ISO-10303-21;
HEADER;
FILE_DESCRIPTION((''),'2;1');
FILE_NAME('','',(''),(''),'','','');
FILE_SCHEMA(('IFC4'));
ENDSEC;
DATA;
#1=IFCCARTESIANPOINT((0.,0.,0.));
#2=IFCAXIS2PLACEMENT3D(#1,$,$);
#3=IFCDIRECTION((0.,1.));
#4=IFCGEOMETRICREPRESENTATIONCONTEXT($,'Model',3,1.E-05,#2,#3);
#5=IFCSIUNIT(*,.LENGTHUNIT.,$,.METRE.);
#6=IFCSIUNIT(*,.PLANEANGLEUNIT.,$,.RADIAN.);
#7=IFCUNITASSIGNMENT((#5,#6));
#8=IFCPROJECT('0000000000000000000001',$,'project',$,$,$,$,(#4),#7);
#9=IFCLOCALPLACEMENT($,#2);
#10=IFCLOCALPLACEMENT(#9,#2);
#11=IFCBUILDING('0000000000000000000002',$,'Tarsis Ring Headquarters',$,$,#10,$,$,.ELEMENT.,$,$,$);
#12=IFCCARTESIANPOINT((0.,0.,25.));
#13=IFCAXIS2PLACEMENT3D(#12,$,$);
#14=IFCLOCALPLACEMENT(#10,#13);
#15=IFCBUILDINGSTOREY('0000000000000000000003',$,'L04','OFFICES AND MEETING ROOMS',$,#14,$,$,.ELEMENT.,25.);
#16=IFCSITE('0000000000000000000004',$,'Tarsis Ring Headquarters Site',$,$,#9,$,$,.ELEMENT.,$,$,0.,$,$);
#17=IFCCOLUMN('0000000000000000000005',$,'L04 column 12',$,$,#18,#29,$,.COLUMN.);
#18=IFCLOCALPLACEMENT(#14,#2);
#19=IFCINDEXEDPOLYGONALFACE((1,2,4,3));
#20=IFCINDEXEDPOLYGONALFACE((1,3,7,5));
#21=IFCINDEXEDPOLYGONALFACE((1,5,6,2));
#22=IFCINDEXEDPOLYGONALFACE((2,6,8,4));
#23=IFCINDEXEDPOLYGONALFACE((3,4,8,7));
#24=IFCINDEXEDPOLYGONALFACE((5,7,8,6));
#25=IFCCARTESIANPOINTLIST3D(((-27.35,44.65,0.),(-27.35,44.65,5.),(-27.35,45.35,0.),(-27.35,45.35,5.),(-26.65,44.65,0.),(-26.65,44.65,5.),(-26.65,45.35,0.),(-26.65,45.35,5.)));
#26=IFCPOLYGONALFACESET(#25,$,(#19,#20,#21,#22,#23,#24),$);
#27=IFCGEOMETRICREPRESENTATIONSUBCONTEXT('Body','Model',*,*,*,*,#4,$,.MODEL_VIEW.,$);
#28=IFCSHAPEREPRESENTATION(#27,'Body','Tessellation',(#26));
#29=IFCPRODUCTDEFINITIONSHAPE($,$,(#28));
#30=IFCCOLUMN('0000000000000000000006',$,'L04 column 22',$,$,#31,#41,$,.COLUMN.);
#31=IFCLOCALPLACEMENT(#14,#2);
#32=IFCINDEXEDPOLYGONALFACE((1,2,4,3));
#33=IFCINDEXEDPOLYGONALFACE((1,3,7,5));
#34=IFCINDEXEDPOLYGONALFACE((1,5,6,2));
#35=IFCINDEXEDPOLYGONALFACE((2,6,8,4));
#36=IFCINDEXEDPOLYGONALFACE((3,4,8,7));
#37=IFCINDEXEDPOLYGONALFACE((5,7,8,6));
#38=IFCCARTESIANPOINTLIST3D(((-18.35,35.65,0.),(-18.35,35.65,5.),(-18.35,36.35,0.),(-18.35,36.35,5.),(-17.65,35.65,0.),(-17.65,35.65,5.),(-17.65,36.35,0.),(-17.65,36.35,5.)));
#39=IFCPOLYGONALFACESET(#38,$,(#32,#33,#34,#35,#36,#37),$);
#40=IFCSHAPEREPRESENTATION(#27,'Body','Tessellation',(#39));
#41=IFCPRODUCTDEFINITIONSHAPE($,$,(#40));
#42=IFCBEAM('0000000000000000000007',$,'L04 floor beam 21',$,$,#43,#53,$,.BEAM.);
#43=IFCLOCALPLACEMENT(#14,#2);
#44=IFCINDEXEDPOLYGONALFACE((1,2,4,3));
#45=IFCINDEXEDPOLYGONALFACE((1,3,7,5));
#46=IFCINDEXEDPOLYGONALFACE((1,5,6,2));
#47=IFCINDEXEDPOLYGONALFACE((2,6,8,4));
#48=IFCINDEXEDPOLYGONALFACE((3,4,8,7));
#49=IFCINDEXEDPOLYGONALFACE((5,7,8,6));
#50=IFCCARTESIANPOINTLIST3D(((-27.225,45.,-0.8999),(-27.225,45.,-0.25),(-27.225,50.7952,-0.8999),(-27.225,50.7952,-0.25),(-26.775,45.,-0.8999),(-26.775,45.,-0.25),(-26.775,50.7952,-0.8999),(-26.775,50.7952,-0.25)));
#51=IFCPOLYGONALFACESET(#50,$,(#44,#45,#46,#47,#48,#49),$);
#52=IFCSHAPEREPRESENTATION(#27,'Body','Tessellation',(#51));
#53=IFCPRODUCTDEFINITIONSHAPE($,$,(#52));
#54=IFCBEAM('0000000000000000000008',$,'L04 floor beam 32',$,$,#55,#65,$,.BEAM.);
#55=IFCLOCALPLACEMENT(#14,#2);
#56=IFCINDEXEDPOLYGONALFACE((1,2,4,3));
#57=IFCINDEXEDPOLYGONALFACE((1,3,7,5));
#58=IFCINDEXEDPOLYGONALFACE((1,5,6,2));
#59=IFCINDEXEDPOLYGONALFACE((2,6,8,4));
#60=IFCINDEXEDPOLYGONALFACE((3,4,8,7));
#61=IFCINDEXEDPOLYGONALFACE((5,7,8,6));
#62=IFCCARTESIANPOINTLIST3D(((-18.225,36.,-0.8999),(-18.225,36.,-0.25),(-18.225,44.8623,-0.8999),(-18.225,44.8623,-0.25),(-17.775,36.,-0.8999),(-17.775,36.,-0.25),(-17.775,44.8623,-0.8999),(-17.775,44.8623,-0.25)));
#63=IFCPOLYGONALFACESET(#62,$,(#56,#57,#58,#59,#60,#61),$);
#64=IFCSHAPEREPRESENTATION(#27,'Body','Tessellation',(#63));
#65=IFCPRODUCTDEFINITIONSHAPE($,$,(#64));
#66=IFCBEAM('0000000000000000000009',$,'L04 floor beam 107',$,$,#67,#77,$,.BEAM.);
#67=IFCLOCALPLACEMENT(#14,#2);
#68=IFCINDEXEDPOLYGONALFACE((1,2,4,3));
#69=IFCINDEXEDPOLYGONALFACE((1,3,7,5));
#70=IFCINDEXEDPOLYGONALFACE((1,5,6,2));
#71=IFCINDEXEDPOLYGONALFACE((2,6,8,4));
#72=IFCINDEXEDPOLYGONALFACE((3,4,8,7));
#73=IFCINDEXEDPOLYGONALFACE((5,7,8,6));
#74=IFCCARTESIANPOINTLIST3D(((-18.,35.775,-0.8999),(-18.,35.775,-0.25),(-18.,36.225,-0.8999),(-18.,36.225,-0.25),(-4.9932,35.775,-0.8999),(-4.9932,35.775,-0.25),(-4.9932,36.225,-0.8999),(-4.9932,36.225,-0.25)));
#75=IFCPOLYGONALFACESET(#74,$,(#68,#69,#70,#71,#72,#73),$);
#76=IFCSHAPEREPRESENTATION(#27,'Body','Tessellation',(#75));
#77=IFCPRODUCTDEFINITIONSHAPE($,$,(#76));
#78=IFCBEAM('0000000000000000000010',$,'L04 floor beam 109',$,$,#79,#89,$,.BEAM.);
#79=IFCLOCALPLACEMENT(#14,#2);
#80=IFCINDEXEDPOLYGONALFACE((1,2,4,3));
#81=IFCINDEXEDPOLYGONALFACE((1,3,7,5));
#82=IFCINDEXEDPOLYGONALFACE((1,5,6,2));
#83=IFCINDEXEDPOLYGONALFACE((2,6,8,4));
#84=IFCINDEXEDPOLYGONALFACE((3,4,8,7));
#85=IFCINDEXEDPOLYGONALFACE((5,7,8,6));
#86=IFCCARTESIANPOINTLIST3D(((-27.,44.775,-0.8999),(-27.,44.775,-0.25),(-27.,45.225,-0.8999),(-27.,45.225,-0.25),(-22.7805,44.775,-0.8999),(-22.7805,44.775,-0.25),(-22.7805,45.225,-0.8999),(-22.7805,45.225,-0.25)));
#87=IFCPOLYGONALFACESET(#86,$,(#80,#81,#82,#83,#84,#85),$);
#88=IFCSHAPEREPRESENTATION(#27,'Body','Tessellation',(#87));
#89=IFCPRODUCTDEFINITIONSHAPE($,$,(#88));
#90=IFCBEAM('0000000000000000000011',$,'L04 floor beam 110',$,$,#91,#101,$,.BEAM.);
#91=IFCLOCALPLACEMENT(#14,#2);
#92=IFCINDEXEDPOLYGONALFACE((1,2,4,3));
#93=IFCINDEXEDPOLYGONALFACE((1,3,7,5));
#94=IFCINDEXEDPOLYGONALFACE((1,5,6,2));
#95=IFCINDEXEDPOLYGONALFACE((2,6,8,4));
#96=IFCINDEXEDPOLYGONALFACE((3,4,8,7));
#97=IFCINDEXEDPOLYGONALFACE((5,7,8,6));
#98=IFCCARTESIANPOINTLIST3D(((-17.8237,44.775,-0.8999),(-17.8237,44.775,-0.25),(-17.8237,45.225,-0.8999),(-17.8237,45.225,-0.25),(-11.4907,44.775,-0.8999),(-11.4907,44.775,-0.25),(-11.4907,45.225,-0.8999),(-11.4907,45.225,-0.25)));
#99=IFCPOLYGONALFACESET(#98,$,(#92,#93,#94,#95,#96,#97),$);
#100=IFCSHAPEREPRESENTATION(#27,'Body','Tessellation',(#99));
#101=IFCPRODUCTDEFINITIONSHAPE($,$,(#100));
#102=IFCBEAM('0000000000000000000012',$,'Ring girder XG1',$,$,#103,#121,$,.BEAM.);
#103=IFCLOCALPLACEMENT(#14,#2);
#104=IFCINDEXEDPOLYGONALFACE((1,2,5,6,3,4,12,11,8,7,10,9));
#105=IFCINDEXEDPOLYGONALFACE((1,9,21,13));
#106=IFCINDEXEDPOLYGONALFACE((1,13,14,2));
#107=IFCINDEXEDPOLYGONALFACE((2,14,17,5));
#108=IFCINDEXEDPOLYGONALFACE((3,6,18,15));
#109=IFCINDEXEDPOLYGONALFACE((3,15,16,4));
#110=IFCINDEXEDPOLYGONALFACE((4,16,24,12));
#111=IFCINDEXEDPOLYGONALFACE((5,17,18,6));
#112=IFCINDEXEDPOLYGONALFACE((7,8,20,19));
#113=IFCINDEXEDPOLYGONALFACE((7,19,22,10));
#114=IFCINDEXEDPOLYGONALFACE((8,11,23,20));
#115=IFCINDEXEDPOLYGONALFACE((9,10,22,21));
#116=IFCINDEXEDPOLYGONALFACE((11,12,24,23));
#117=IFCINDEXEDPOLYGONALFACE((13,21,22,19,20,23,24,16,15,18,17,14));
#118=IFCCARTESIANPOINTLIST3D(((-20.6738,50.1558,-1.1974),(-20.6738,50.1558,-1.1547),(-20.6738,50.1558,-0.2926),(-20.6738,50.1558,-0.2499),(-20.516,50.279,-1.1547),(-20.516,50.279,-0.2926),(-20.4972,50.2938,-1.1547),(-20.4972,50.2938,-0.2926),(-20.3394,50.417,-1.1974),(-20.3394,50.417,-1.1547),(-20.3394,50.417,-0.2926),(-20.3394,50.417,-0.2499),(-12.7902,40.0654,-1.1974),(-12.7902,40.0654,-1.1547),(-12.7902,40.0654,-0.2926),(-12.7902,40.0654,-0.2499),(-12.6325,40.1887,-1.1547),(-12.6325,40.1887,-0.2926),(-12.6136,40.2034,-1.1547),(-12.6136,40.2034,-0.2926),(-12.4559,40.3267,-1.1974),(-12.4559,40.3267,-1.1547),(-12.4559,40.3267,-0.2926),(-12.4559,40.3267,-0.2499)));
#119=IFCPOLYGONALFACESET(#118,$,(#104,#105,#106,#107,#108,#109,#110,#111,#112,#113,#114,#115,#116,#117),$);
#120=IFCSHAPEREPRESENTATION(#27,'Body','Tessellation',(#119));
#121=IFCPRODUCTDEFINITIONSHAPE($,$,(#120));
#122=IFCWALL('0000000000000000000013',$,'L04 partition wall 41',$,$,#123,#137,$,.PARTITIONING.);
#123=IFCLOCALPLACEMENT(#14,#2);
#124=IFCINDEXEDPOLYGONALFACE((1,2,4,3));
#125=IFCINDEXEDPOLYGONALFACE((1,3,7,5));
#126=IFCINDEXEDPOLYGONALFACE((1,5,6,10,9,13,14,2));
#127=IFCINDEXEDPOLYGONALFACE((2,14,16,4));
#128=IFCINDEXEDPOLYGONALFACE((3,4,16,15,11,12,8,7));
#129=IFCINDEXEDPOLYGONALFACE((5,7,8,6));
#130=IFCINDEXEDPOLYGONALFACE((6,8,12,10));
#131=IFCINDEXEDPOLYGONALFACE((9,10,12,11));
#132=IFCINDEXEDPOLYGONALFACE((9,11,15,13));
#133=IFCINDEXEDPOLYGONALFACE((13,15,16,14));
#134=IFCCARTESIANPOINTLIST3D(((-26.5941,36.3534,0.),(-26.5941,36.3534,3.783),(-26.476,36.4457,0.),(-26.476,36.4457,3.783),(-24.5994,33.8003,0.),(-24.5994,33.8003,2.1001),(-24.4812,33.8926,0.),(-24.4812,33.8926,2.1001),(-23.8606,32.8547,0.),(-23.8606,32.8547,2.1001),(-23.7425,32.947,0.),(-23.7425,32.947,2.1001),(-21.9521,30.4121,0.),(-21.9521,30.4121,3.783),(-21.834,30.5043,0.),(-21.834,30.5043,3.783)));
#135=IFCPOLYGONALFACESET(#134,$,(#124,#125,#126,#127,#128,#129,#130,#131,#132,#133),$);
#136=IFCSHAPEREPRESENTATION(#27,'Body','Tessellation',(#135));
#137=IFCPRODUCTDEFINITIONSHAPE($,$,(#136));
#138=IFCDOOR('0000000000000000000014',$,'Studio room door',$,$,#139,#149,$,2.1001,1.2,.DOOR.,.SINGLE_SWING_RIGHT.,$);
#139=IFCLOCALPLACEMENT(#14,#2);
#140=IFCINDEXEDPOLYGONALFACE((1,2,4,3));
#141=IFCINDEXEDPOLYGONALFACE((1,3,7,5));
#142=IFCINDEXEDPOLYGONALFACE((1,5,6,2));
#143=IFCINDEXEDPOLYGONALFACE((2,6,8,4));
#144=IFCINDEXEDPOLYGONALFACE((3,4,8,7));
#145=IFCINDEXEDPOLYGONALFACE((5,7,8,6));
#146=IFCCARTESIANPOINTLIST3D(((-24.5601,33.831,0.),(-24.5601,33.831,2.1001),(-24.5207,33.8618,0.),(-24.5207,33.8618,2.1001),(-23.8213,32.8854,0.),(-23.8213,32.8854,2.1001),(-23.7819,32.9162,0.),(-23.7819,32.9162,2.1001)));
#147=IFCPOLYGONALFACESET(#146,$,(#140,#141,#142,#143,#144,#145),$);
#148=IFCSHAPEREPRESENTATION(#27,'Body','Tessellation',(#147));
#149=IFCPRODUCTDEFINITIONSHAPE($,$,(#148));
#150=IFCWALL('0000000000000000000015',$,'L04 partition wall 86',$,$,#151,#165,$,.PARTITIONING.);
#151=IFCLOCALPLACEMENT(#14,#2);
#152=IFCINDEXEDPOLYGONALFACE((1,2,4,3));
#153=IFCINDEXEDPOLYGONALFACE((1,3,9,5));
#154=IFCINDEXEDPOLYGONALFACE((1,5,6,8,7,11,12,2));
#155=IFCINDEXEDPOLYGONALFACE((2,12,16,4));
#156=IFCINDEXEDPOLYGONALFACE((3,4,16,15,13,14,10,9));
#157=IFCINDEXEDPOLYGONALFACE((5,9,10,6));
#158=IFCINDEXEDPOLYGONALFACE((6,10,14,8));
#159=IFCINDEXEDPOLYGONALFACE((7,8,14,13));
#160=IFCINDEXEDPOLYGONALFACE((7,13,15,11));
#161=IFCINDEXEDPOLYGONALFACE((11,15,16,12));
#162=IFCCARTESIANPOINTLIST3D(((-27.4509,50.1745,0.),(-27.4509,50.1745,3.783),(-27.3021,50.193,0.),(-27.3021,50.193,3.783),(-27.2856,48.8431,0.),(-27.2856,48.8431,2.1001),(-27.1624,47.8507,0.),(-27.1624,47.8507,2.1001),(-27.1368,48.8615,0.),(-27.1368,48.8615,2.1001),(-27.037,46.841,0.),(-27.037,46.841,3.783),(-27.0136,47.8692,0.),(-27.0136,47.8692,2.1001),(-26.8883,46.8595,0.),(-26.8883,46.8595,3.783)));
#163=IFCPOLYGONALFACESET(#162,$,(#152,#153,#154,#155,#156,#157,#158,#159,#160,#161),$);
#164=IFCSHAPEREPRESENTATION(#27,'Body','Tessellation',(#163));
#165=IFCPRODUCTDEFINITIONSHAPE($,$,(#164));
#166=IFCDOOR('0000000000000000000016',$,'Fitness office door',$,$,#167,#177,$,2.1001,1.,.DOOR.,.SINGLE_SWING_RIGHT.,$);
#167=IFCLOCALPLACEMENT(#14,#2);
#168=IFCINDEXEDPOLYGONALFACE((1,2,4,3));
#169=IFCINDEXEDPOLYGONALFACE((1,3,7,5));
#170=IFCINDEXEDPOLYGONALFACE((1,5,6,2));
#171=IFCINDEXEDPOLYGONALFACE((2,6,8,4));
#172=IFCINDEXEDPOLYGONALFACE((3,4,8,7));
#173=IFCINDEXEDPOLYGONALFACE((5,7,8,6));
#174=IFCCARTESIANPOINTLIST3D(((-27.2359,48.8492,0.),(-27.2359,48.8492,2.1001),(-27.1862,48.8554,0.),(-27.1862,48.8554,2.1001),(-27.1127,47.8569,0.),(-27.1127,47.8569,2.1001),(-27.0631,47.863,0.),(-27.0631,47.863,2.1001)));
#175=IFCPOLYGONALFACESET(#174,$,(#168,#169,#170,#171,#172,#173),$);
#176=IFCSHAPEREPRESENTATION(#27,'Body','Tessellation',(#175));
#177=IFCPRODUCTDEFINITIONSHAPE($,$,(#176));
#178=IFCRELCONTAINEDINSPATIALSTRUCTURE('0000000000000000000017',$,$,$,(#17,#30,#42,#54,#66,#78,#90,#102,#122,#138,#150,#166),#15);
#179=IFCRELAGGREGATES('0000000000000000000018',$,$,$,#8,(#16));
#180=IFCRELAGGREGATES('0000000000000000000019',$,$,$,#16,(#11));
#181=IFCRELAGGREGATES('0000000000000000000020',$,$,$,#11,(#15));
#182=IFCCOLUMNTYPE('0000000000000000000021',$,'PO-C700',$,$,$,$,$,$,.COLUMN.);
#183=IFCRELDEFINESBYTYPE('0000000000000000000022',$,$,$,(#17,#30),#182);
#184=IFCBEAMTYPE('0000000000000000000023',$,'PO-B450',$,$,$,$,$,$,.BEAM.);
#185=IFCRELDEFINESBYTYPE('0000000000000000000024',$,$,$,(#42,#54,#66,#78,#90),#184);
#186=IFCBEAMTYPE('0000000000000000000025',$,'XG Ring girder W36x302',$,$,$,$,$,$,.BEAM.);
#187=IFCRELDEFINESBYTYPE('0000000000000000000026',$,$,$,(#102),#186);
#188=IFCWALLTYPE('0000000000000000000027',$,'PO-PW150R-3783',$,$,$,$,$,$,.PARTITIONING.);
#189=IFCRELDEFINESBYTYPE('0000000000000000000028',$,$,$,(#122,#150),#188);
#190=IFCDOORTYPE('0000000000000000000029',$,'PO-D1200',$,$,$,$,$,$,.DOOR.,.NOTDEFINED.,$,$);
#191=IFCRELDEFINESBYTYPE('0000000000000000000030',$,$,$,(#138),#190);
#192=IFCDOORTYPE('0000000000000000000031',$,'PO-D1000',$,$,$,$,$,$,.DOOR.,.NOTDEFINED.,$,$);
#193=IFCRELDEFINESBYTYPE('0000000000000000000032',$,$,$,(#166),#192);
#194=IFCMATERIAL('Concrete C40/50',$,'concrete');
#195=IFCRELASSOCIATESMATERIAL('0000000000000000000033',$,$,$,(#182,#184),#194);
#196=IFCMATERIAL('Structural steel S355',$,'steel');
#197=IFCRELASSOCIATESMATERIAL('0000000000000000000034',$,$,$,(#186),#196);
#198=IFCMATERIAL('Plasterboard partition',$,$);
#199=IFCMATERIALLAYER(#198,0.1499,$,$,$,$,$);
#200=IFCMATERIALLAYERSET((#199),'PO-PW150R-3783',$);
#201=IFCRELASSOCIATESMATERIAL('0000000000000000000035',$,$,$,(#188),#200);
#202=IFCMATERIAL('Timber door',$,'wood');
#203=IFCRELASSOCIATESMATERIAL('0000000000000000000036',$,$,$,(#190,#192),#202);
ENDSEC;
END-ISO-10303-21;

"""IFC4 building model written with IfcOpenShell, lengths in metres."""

from ifc_helpers import new_model, si_unit, direction, frame, frame_2d, origin, origin_2d, place, context, subcontext, project, spatial, rectangle, i_section, extrude, material, layer, layer_set, material_profile, profile_set, type_object, element, fill, save


model = new_model("IFC4")

# Units and contexts
model_context = context("Model", 3, precision=1e-05, world=origin(), true_north=direction((0.0, 1.0)))
body_context = subcontext(model_context, "Body", "Model", "MODEL_VIEW")
ifc_project = project(units=[si_unit("LENGTHUNIT", "METRE"), si_unit("PLANEANGLEUNIT", "RADIAN")], contexts=[model_context])

# Site, building, storey
site_placement = place(None, origin())
site = spatial("IfcSite", under=ifc_project, at=site_placement, Name="Tarsis Ring Headquarters Site", CompositionType="ELEMENT", RefElevation=0.0)
building_placement = place(site_placement, origin())
building = spatial("IfcBuilding", under=site, at=building_placement, Name="Tarsis Ring Headquarters", CompositionType="ELEMENT")
storey_placement = place(building_placement, frame((0.0, 0.0, 25.0)))
storey = spatial("IfcBuildingStorey", under=building, at=storey_placement, Name="L04", Description="OFFICES AND MEETING ROOMS", CompositionType="ELEMENT", Elevation=25.0)

# Columns
ifc_material_1 = material(Name="Concrete C40/50", Category="concrete")
ifc_material_profile_1 = material_profile(ifc_material_1, rectangle(XDim=0.7, YDim=0.7, at=origin_2d()), Name="PO-C700")
ifc_profile_set_1 = profile_set([ifc_material_profile_1], Name="Concrete C40/50")
column_type = type_object("IfcColumnType", Name="PO-C700", PredefinedType="COLUMN", material=ifc_profile_set_1)
for number, where, z_axis, x_axis, name in (
    (1, (-27.0, 45.0, 0.0), (0.0, 0.0, 1.0), (1.0, 0.0, 0.0), "L04 column 12"),
    (2, (-18.0, 36.0, 0.0), (0.0, 0.0, 1.0), (1.0, 0.0, 0.0), "L04 column 22"),
):
    element("IfcColumn", number, at=place(storey_placement, frame(where, z_axis=z_axis, x_axis=x_axis)), inside=storey, type_object=column_type, Name=name, PredefinedType="COLUMN", context=body_context, shape_type="SweptSolid", body=[
        extrude(rectangle(XDim=0.7, YDim=0.7, at=origin_2d()), origin(), (0.0, 0.0, 1.0), 5.0),
    ])

# Beams
ifc_material_profile_2 = material_profile(ifc_material_1, rectangle(XDim=0.45, YDim=0.6499, at=origin_2d()), Name="PO-B450")
ifc_profile_set_2 = profile_set([ifc_material_profile_2], Name="Concrete C40/50")
beam_type_1 = type_object("IfcBeamType", Name="PO-B450", PredefinedType="BEAM", material=ifc_profile_set_2)
beam_1_placement = place(storey_placement, frame((-27.0, 45.0, -0.575), z_axis=(0.0, 1.0, 0.0), x_axis=(-1.0, 0.0, 0.0)))
element("IfcBeam", 3, at=beam_1_placement, inside=storey, type_object=beam_type_1, Name="L04 floor beam 21", PredefinedType="BEAM", context=body_context, shape_type="SweptSolid", body=[
    extrude(rectangle(XDim=0.45, YDim=0.6499, at=origin_2d()), origin(), (0.0, 0.0, 1.0), 5.7952),
])
beam_2_placement = place(storey_placement, frame((-18.0, 36.0, -0.575), z_axis=(0.0, 1.0, 0.0), x_axis=(-1.0, 0.0, 0.0)))
element("IfcBeam", 4, at=beam_2_placement, inside=storey, type_object=beam_type_1, Name="L04 floor beam 32", PredefinedType="BEAM", context=body_context, shape_type="SweptSolid", body=[
    extrude(rectangle(XDim=0.45, YDim=0.6499, at=origin_2d()), origin(), (0.0, 0.0, 1.0), 8.8623),
])
beam_3_placement = place(storey_placement, frame((-18.0, 36.0, -0.575), z_axis=(1.0, 0.0, 0.0), x_axis=(0.0, 1.0, 0.0)))
element("IfcBeam", 5, at=beam_3_placement, inside=storey, type_object=beam_type_1, Name="L04 floor beam 107", PredefinedType="BEAM", context=body_context, shape_type="SweptSolid", body=[
    extrude(rectangle(XDim=0.45, YDim=0.6499, at=origin_2d()), origin(), (0.0, 0.0, 1.0), 13.0068),
])
beam_4_placement = place(storey_placement, frame((-27.0, 45.0, -0.575), z_axis=(1.0, 0.0, 0.0), x_axis=(0.0, 1.0, 0.0)))
element("IfcBeam", 6, at=beam_4_placement, inside=storey, type_object=beam_type_1, Name="L04 floor beam 109", PredefinedType="BEAM", context=body_context, shape_type="SweptSolid", body=[
    extrude(rectangle(XDim=0.45, YDim=0.6499, at=origin_2d()), origin(), (0.0, 0.0, 1.0), 4.2195),
])
beam_5_placement = place(storey_placement, frame((-17.8237, 45.0, -0.575), z_axis=(1.0, 0.0, 0.0), x_axis=(0.0, 1.0, 0.0)))
element("IfcBeam", 7, at=beam_5_placement, inside=storey, type_object=beam_type_1, Name="L04 floor beam 110", PredefinedType="BEAM", context=body_context, shape_type="SweptSolid", body=[
    extrude(rectangle(XDim=0.45, YDim=0.6499, at=origin_2d()), origin(), (0.0, 0.0, 1.0), 6.333),
])
ifc_material_2 = material(Name="Structural steel S355", Category="steel")
ifc_material_profile_3 = material_profile(ifc_material_2, i_section(OverallWidth=0.4243, OverallDepth=0.9475, WebThickness=0.0239, FlangeThickness=0.0427, at=origin_2d()), Name="W36x302")
ifc_profile_set_3 = profile_set([ifc_material_profile_3], Name="Structural steel S355")
beam_type_2 = type_object("IfcBeamType", Name="XG Ring girder W36x302", PredefinedType="BEAM", material=ifc_profile_set_3)
beam_6_placement = place(storey_placement, frame((-12.623, 40.196, -0.7236), z_axis=(-0.615667, 0.788006, 0.0), x_axis=(-0.788006, -0.615667, 0.0)))
element("IfcBeam", 8, at=beam_6_placement, inside=storey, type_object=beam_type_2, Name="Ring girder XG1", PredefinedType="BEAM", context=body_context, shape_type="SweptSolid", body=[
    extrude(i_section(OverallWidth=0.4243, OverallDepth=0.9475, WebThickness=0.0239, FlangeThickness=0.0427, at=origin_2d()), origin(), (0.0, 0.0, 1.0), 12.8049),
])

# Walls, openings, doors
ifc_material_3 = material(Name="Plasterboard partition")
ifc_layer_1 = layer(ifc_material_3, 0.1499)
ifc_layer_set_1 = layer_set([ifc_layer_1], Name="PO-PW150R-3783")
wall_type_1 = type_object("IfcWallType", Name="PO-PW150R-3783", PredefinedType="PARTITIONING", material=ifc_layer_set_1)
wall_1_placement = place(storey_placement, frame((-26.5352, 36.3997, 0.0), z_axis=(0.0, 0.0, 1.0), x_axis=(0.615674, -0.788001, 0.0)))
wall_1 = element("IfcWall", 9, at=wall_1_placement, inside=storey, type_object=wall_type_1, Name="L04 partition wall 41", PredefinedType="PARTITIONING", context=body_context, shape_type="SweptSolid", body=[
    extrude(rectangle(XDim=7.5398, YDim=0.1499, at=frame_2d((3.77, 0.0))), origin(), (0.0, 0.0, 1.0), 3.783),
])
opening_1_placement = place(wall_1_placement, frame((3.24, 0.0, 0.0)))
opening_1 = element("IfcOpeningElement", 10, at=opening_1_placement, cuts=wall_1, PredefinedType="OPENING", context=body_context, shape_type="SweptSolid", body=[
    extrude(rectangle(XDim=1.2, YDim=2.1001, at=frame_2d((0.6001, 1.05))), frame((0.0, 0.085, 0.0), z_axis=(0.0, -1.0, 0.0), x_axis=(1.0, 0.0, 0.0)), (0.0, 0.0, 1.0), 0.1699),
])
ifc_material_4 = material(Name="Timber door", Category="wood")
door_type_1 = type_object("IfcDoorType", Name="PO-D1200", OperationType="NOTDEFINED", PredefinedType="DOOR", material=ifc_material_4)
door_1_placement = place(opening_1_placement, origin())
door_1 = element("IfcDoor", 11, at=door_1_placement, inside=storey, type_object=door_type_1, Name="Studio room door", OperationType="SINGLE_SWING_RIGHT", OverallHeight=2.1001, OverallWidth=1.2, PredefinedType="DOOR", context=body_context, shape_type="SweptSolid", body=[
    extrude(rectangle(XDim=1.2, YDim=2.1001, at=frame_2d((0.6001, 1.05))), frame((0.0, 0.0249, 0.0), z_axis=(0.0, -1.0, 0.0), x_axis=(1.0, 0.0, 0.0)), (0.0, 0.0, 1.0), 0.05),
])
fill(opening_1, door_1)
wall_2_placement = place(storey_placement, frame((-26.9626, 46.8501, 0.0), z_axis=(0.0, 0.0, 1.0), x_axis=(-0.123194, 0.992383, 0.0)))
wall_2 = element("IfcWall", 12, at=wall_2_placement, inside=storey, type_object=wall_type_1, Name="L04 partition wall 86", PredefinedType="PARTITIONING", context=body_context, shape_type="SweptSolid", body=[
    extrude(rectangle(XDim=3.3591, YDim=0.1499, at=frame_2d((1.6797, 0.0))), origin(), (0.0, 0.0, 1.0), 3.783),
])
opening_2_placement = place(wall_2_placement, frame((1.0176, 0.0, 0.0)))
opening_2 = element("IfcOpeningElement", 13, at=opening_2_placement, cuts=wall_2, PredefinedType="OPENING", context=body_context, shape_type="SweptSolid", body=[
    extrude(rectangle(XDim=1.0, YDim=2.1001, at=frame_2d((0.5, 1.05))), frame((0.0, 0.085, 0.0), z_axis=(0.0, -1.0, 0.0), x_axis=(1.0, 0.0, 0.0)), (0.0, 0.0, 1.0), 0.1699),
])
door_type_2 = type_object("IfcDoorType", Name="PO-D1000", OperationType="NOTDEFINED", PredefinedType="DOOR", material=ifc_material_4)
door_2_placement = place(opening_2_placement, origin())
door_2 = element("IfcDoor", 14, at=door_2_placement, inside=storey, type_object=door_type_2, Name="Fitness office door", OperationType="SINGLE_SWING_RIGHT", OverallHeight=2.1001, OverallWidth=1.0, PredefinedType="DOOR", context=body_context, shape_type="SweptSolid", body=[
    extrude(rectangle(XDim=1.0, YDim=2.1001, at=frame_2d((0.5, 1.05))), frame((0.0, 0.0249, 0.0), z_axis=(0.0, -1.0, 0.0), x_axis=(1.0, 0.0, 0.0)), (0.0, 0.0, 1.0), 0.05),
])
fill(opening_2, door_2)

save(model, "model.ifc")
